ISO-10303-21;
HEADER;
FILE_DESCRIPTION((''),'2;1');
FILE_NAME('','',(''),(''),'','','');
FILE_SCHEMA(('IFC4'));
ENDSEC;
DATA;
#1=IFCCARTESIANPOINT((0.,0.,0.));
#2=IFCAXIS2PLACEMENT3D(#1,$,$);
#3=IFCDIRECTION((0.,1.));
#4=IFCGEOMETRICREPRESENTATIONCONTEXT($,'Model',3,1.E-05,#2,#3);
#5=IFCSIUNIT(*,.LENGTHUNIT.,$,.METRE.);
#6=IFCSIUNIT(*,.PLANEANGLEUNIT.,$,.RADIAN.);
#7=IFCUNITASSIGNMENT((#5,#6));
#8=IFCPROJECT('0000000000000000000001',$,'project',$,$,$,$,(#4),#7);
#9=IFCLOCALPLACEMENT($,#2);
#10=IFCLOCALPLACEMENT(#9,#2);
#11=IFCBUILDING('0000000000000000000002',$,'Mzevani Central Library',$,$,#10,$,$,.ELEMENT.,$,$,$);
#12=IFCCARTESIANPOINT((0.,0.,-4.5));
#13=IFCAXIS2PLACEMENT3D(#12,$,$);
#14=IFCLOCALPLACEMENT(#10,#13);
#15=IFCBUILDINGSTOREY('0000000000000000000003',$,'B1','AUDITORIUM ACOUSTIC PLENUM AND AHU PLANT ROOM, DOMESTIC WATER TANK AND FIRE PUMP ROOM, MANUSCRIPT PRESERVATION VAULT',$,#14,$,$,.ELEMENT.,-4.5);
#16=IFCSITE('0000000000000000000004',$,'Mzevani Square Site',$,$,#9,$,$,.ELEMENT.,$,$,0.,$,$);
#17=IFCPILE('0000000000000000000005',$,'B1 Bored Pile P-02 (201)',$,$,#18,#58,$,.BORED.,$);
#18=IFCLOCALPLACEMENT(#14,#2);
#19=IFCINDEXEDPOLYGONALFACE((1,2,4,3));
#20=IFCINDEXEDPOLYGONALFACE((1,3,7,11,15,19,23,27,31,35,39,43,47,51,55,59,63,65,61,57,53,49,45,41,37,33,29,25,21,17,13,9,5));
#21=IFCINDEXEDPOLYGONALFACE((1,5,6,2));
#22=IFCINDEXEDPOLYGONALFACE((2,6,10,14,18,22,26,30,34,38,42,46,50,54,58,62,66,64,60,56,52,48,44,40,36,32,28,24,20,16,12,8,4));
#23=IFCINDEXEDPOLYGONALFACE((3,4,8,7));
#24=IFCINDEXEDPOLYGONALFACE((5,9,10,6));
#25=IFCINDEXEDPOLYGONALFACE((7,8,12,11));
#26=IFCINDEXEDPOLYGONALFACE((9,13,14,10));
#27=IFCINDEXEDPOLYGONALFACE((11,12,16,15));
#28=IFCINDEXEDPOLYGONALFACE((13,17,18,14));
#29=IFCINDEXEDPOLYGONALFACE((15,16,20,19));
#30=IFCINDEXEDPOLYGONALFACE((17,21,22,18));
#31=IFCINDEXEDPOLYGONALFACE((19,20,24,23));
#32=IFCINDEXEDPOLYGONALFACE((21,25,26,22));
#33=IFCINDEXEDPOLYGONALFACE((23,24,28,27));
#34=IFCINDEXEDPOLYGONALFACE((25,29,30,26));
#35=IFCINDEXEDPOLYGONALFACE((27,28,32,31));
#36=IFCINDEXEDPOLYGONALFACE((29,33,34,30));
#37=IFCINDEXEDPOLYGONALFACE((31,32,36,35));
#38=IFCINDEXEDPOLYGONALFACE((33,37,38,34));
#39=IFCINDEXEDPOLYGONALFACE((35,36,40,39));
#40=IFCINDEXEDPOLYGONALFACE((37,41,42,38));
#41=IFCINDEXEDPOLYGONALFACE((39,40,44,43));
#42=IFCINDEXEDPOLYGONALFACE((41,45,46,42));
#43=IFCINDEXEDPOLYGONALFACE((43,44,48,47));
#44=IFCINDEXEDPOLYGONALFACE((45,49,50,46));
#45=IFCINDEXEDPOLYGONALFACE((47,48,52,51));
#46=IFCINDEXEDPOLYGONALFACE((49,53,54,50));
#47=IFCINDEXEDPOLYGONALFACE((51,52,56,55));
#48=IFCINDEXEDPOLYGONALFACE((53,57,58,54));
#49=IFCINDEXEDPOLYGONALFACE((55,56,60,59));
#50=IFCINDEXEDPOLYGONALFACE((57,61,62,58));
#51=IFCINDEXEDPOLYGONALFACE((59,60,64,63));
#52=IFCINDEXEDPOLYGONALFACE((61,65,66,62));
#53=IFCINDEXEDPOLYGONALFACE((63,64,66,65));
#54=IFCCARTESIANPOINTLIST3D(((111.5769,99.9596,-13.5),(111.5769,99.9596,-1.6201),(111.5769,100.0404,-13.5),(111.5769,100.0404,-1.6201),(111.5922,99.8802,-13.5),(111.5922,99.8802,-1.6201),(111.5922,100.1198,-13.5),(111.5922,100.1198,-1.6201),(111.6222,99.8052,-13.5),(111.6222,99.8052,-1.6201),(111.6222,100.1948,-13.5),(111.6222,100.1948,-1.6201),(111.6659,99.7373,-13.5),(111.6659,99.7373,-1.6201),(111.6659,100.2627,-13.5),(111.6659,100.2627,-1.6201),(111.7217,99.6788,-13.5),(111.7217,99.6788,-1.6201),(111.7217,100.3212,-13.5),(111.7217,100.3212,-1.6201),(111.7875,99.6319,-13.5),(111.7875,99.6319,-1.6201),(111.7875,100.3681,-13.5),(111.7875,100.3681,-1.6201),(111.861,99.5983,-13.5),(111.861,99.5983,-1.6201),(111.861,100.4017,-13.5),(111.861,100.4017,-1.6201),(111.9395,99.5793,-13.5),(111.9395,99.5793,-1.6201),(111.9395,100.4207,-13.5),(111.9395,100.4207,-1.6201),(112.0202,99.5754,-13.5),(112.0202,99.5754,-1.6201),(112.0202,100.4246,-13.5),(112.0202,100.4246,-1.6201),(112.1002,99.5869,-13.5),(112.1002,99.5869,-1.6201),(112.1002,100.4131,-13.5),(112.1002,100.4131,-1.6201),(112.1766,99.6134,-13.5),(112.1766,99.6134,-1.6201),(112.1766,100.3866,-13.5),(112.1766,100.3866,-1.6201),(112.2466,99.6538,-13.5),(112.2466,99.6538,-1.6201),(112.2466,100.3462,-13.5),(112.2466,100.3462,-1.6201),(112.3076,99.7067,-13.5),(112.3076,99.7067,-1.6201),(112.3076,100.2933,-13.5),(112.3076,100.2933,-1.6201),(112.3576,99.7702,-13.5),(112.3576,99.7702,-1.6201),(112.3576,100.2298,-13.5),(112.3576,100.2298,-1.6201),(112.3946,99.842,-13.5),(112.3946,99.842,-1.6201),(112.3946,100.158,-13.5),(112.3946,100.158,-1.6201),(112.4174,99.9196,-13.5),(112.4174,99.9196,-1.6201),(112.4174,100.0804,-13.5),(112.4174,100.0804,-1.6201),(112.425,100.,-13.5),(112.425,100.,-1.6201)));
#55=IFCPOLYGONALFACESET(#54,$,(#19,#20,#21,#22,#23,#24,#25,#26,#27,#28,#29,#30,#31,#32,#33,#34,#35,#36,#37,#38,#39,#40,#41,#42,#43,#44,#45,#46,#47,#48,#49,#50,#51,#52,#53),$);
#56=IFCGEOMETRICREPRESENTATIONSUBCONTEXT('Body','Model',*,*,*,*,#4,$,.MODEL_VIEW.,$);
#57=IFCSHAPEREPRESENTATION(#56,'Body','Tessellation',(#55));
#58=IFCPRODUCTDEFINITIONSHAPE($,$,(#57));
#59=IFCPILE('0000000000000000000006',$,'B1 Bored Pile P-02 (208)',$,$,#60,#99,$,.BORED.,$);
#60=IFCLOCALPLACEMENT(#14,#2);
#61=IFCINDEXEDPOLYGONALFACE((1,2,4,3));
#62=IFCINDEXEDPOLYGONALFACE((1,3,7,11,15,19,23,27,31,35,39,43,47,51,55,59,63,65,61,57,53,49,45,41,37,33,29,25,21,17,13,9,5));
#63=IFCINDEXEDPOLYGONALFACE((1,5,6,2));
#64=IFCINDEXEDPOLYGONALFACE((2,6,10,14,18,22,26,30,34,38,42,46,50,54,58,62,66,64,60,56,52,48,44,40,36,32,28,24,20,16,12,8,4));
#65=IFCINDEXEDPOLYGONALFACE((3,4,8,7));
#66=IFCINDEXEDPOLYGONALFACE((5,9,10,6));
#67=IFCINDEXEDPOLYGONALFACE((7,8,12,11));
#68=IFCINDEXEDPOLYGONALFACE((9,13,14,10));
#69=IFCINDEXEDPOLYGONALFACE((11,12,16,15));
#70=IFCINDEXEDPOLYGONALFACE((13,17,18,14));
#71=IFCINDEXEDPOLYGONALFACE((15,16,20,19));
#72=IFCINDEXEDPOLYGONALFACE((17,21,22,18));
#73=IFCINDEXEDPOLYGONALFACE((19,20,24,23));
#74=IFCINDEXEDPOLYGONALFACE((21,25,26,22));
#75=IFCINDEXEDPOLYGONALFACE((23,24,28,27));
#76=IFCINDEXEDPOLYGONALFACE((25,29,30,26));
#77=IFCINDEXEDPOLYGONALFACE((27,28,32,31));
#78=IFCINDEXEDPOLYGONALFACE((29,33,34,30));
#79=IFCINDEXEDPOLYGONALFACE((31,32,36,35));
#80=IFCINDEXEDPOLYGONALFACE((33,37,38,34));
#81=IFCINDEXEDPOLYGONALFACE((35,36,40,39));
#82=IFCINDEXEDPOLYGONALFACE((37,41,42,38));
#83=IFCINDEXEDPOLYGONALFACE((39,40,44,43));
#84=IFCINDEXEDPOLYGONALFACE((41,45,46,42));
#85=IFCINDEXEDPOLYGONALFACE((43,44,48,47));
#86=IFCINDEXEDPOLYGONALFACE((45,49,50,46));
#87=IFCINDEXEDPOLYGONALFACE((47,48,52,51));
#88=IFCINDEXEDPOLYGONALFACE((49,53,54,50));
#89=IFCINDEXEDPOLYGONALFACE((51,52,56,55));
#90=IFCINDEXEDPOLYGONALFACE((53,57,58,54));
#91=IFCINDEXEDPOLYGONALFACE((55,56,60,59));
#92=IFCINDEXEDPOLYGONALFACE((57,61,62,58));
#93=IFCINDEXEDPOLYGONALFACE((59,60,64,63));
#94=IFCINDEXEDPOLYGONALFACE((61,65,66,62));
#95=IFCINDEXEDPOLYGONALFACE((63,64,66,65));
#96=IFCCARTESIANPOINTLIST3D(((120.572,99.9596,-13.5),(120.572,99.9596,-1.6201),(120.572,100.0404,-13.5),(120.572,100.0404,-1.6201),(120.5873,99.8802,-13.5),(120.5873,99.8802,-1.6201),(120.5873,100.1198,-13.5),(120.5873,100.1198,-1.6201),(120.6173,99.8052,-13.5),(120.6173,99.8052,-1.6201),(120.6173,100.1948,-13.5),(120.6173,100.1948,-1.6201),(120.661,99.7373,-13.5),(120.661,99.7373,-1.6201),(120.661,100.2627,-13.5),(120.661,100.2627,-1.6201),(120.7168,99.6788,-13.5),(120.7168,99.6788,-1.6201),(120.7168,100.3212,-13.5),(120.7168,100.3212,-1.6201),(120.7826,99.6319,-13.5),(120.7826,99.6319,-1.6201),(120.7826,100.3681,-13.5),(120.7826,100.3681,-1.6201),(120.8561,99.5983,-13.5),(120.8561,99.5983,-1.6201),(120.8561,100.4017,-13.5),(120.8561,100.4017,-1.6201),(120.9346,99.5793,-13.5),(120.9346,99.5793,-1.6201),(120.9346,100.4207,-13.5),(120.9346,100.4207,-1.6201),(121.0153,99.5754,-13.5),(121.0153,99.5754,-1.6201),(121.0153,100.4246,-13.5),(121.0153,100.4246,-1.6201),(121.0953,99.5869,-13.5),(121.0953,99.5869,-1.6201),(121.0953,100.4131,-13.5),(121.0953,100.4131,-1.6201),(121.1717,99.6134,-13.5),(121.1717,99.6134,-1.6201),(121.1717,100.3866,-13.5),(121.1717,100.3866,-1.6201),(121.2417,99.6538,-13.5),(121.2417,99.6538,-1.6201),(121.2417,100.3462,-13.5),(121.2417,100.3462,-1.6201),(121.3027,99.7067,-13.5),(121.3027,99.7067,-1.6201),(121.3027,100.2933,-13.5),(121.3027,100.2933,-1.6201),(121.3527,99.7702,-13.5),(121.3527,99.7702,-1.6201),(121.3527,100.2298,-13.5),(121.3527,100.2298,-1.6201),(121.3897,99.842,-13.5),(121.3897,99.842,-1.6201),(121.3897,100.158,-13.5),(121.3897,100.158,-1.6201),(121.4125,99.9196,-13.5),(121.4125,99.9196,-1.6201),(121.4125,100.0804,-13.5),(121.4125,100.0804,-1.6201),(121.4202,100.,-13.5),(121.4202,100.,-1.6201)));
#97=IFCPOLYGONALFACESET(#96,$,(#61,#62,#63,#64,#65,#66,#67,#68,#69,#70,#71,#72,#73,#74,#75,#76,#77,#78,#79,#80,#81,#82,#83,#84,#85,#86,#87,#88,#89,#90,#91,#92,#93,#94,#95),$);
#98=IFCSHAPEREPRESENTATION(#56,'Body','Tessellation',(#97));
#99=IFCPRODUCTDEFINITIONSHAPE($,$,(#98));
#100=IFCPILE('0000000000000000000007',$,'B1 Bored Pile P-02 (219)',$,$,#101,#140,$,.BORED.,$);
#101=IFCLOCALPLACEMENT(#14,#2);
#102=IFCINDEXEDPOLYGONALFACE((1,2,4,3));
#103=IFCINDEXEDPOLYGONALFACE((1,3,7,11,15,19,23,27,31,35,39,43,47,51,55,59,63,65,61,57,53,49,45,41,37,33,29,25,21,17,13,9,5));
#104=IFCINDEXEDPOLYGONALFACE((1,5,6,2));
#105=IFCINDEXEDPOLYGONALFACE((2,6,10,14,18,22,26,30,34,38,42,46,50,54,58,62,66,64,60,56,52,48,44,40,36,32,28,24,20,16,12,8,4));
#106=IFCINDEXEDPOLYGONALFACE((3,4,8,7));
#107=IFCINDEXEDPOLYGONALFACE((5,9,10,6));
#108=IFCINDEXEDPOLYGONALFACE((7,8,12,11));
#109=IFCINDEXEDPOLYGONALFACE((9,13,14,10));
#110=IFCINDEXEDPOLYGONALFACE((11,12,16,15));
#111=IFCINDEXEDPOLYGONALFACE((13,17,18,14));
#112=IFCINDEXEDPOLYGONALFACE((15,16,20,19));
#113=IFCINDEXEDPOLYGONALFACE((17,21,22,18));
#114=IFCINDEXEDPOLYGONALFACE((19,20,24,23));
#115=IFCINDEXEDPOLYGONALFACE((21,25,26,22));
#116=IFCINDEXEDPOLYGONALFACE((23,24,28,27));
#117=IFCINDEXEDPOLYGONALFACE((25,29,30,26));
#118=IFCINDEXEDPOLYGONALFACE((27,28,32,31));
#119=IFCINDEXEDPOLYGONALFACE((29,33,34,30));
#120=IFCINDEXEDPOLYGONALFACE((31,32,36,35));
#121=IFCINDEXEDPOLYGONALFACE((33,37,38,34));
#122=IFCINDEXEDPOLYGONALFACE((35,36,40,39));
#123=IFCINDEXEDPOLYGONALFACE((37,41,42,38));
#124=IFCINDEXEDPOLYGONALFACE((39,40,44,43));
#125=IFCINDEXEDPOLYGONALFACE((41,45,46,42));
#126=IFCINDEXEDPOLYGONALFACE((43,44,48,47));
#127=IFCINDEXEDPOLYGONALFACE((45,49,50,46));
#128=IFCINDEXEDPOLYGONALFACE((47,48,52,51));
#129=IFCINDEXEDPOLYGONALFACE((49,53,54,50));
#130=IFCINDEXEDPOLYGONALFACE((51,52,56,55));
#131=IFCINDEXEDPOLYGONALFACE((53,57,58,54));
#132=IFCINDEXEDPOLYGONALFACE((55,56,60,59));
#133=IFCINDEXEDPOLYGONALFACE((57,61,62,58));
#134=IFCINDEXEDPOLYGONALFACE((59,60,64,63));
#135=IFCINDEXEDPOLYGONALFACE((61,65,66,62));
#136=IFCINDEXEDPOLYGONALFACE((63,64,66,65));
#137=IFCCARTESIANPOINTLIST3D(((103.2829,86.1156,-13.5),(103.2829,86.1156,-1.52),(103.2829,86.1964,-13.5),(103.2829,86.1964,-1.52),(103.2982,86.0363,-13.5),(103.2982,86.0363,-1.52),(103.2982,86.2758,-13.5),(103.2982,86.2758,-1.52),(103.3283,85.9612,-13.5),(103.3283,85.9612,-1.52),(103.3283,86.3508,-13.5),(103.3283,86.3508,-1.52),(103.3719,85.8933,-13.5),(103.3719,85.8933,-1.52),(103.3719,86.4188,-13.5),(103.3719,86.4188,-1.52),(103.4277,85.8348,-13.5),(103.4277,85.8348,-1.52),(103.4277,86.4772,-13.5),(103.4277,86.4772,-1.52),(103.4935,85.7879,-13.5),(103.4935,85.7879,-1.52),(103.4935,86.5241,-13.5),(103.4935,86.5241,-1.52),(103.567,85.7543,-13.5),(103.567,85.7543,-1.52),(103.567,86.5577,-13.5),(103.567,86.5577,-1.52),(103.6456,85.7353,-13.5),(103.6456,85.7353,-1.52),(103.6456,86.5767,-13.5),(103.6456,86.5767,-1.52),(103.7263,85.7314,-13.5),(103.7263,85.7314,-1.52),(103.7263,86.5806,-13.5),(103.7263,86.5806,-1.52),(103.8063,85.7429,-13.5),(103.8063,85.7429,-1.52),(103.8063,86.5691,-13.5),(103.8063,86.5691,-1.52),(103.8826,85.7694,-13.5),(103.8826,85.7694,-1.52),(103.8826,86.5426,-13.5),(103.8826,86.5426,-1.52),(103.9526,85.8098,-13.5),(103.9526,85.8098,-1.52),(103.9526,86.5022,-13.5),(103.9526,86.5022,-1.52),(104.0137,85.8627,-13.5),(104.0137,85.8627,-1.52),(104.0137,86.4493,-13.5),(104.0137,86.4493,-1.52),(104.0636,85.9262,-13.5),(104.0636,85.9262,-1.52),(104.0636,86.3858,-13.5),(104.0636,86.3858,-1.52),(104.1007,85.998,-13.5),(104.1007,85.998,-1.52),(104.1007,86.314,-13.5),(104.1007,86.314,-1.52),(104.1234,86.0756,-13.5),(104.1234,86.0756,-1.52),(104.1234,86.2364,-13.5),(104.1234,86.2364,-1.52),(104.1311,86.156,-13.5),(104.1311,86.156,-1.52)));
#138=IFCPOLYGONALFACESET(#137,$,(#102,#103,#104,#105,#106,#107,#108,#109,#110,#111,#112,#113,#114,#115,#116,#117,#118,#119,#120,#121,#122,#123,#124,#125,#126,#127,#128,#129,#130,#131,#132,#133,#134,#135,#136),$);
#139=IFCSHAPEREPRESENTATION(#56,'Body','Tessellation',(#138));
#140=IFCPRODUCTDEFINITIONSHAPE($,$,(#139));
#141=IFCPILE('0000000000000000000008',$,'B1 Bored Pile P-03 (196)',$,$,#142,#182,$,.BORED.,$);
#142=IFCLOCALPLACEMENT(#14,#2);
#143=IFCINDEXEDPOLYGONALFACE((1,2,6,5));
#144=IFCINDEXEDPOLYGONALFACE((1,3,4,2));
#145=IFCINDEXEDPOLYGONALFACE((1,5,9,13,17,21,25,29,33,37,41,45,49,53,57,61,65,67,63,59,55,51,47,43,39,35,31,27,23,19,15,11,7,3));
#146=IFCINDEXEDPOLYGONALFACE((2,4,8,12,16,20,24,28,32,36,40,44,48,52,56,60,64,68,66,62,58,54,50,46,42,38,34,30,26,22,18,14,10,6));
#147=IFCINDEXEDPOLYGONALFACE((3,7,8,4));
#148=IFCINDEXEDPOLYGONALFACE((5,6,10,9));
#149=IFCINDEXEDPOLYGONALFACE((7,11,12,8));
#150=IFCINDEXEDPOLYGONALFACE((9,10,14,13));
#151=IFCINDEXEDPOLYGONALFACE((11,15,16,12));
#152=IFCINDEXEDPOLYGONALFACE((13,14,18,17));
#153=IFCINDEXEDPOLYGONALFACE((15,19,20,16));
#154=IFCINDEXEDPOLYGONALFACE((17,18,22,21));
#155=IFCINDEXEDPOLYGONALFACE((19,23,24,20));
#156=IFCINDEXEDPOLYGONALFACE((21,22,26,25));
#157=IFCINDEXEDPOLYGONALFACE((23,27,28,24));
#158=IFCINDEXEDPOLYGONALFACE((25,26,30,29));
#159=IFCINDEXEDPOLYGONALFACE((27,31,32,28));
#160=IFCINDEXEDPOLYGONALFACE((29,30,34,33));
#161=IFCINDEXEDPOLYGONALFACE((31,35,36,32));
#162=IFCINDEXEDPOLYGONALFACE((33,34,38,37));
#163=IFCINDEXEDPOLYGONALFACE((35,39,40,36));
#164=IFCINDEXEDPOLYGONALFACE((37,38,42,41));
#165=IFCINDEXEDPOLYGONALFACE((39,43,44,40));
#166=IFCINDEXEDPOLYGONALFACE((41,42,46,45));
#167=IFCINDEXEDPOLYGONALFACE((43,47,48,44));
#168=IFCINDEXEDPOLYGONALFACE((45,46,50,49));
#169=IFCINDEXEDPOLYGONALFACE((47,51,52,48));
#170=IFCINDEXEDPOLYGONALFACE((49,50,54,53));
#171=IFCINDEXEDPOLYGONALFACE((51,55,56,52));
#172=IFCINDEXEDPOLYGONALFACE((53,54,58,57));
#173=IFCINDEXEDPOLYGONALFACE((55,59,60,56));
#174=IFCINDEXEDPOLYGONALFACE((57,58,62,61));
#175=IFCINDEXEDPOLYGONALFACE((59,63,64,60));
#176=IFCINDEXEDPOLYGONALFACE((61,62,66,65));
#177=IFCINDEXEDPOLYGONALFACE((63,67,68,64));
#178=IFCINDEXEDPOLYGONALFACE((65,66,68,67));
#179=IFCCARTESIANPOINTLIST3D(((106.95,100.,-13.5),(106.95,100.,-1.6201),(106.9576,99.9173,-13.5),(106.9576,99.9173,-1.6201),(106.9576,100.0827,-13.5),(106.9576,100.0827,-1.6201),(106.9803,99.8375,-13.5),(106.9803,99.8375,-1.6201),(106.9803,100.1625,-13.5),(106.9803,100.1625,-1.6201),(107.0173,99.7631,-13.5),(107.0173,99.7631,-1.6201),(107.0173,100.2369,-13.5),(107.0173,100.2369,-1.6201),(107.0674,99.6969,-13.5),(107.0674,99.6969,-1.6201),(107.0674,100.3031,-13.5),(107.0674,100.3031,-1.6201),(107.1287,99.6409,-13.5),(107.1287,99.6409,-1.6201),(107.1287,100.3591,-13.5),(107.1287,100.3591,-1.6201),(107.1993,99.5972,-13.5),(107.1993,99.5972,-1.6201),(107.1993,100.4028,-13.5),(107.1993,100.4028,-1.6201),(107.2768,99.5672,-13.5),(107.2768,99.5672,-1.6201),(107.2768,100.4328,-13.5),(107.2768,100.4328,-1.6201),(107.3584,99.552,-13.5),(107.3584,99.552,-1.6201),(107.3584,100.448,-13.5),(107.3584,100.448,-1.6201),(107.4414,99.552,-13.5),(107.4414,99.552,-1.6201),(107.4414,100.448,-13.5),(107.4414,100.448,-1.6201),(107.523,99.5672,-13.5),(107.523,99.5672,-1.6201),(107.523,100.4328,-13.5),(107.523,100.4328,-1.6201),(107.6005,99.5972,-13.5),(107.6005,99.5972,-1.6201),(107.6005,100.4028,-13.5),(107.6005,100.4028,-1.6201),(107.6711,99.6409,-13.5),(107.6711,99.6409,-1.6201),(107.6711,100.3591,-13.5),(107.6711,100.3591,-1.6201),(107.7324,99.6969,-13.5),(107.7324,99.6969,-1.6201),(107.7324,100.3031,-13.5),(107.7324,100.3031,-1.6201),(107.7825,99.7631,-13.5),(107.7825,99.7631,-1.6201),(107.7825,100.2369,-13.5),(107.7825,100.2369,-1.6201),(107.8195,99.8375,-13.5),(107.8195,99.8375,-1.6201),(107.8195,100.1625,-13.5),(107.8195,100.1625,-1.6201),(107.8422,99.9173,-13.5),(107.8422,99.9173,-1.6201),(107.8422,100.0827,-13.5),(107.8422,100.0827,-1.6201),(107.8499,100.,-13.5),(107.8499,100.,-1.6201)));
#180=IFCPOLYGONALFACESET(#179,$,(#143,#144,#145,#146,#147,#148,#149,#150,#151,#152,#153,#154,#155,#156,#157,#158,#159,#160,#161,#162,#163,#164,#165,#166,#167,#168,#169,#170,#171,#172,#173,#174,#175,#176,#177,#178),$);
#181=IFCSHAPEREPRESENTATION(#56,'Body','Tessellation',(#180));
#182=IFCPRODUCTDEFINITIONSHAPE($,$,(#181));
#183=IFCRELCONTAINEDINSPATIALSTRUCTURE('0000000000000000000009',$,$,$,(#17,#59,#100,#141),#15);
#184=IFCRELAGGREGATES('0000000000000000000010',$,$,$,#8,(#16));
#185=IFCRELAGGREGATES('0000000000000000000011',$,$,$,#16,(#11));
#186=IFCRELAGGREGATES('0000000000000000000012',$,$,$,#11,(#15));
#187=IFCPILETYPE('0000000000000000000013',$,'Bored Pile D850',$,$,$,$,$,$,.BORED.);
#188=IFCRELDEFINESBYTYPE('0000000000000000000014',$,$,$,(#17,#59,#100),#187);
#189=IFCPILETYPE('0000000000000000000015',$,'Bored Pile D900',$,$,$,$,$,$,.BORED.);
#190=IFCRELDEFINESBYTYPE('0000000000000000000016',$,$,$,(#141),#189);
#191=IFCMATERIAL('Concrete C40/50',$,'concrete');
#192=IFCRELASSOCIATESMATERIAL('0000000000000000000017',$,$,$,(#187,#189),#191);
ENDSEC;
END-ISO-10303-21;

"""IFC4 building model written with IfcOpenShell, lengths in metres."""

from ifc_helpers import new_model, si_unit, direction, frame, origin, origin_2d, place, context, subcontext, project, spatial, circle, extrude, material, material_profile, profile_set, type_object, element, save


model = new_model("IFC4")

# Units and contexts
model_context = context("Model", 3, precision=1e-05, world=origin(), true_north=direction((0.0, 1.0)))
body_context = subcontext(model_context, "Body", "Model", "MODEL_VIEW")
ifc_project = project(units=[si_unit("LENGTHUNIT", "METRE"), si_unit("PLANEANGLEUNIT", "RADIAN")], contexts=[model_context])

# Site, building, storey
site_placement = place(None, origin())
site = spatial("IfcSite", under=ifc_project, at=site_placement, Name="Mzevani Square Site", CompositionType="ELEMENT", RefElevation=0.0)
building_placement = place(site_placement, origin())
building = spatial("IfcBuilding", under=site, at=building_placement, Name="Mzevani Central Library", CompositionType="ELEMENT")
storey_placement = place(building_placement, frame((0.0, 0.0, -4.5)))
storey = spatial("IfcBuildingStorey", under=building, at=storey_placement, Name="B1", Description="AUDITORIUM ACOUSTIC PLENUM AND AHU PLANT ROOM, DOMESTIC WATER TANK AND FIRE PUMP ROOM, MANUSCRIPT PRESERVATION VAULT", CompositionType="ELEMENT", Elevation=-4.5)

# Piles
ifc_material = material(Name="Concrete C40/50", Category="concrete")
ifc_material_profile_1 = material_profile(ifc_material, circle(Radius=0.425, at=origin_2d()), Name="PILE D850")
ifc_profile_set_1 = profile_set([ifc_material_profile_1], Name="Concrete C40/50")
pile_type_1 = type_object("IfcPileType", Name="Bored Pile D850", PredefinedType="BORED", material=ifc_profile_set_1)
for number, where, z_axis, x_axis, name in (
    (1, (112.0, 100.0, -1.6201), (0.0, 0.0, -1.0), (1.0, 0.0, 0.0), "B1 Bored Pile P-02 (201)"),
    (2, (120.9951, 100.0, -1.6201), (0.0, 0.0, -1.0), (1.0, 0.0, 0.0), "B1 Bored Pile P-02 (208)"),
):
    element("IfcPile", number, at=place(storey_placement, frame(where, z_axis=z_axis, x_axis=x_axis)), inside=storey, type_object=pile_type_1, Name=name, PredefinedType="BORED", context=body_context, shape_type="SweptSolid", body=[
        extrude(circle(Radius=0.425, at=origin_2d()), origin(), (0.0, 0.0, 1.0), 11.8799),
    ])
pile_1_placement = place(storey_placement, frame((103.7061, 86.156, -1.52), z_axis=(0.0, 0.0, -1.0), x_axis=(1.0, 0.0, 0.0)))
element("IfcPile", 3, at=pile_1_placement, inside=storey, type_object=pile_type_1, Name="B1 Bored Pile P-02 (219)", PredefinedType="BORED", context=body_context, shape_type="SweptSolid", body=[
    extrude(circle(Radius=0.425, at=origin_2d()), origin(), (0.0, 0.0, 1.0), 11.98),
])
ifc_material_profile_2 = material_profile(ifc_material, circle(Radius=0.45, at=origin_2d()), Name="PILE D900")
ifc_profile_set_2 = profile_set([ifc_material_profile_2], Name="Concrete C40/50")
pile_type_2 = type_object("IfcPileType", Name="Bored Pile D900", PredefinedType="BORED", material=ifc_profile_set_2)
pile_2_placement = place(storey_placement, frame((107.3999, 100.0, -1.6201), z_axis=(0.0, 0.0, -1.0), x_axis=(1.0, 0.0, 0.0)))
element("IfcPile", 4, at=pile_2_placement, inside=storey, type_object=pile_type_2, Name="B1 Bored Pile P-03 (196)", PredefinedType="BORED", context=body_context, shape_type="SweptSolid", body=[
    extrude(circle(Radius=0.45, at=origin_2d()), origin(), (0.0, 0.0, 1.0), 11.8799),
])

save(model, "model.ifc")
